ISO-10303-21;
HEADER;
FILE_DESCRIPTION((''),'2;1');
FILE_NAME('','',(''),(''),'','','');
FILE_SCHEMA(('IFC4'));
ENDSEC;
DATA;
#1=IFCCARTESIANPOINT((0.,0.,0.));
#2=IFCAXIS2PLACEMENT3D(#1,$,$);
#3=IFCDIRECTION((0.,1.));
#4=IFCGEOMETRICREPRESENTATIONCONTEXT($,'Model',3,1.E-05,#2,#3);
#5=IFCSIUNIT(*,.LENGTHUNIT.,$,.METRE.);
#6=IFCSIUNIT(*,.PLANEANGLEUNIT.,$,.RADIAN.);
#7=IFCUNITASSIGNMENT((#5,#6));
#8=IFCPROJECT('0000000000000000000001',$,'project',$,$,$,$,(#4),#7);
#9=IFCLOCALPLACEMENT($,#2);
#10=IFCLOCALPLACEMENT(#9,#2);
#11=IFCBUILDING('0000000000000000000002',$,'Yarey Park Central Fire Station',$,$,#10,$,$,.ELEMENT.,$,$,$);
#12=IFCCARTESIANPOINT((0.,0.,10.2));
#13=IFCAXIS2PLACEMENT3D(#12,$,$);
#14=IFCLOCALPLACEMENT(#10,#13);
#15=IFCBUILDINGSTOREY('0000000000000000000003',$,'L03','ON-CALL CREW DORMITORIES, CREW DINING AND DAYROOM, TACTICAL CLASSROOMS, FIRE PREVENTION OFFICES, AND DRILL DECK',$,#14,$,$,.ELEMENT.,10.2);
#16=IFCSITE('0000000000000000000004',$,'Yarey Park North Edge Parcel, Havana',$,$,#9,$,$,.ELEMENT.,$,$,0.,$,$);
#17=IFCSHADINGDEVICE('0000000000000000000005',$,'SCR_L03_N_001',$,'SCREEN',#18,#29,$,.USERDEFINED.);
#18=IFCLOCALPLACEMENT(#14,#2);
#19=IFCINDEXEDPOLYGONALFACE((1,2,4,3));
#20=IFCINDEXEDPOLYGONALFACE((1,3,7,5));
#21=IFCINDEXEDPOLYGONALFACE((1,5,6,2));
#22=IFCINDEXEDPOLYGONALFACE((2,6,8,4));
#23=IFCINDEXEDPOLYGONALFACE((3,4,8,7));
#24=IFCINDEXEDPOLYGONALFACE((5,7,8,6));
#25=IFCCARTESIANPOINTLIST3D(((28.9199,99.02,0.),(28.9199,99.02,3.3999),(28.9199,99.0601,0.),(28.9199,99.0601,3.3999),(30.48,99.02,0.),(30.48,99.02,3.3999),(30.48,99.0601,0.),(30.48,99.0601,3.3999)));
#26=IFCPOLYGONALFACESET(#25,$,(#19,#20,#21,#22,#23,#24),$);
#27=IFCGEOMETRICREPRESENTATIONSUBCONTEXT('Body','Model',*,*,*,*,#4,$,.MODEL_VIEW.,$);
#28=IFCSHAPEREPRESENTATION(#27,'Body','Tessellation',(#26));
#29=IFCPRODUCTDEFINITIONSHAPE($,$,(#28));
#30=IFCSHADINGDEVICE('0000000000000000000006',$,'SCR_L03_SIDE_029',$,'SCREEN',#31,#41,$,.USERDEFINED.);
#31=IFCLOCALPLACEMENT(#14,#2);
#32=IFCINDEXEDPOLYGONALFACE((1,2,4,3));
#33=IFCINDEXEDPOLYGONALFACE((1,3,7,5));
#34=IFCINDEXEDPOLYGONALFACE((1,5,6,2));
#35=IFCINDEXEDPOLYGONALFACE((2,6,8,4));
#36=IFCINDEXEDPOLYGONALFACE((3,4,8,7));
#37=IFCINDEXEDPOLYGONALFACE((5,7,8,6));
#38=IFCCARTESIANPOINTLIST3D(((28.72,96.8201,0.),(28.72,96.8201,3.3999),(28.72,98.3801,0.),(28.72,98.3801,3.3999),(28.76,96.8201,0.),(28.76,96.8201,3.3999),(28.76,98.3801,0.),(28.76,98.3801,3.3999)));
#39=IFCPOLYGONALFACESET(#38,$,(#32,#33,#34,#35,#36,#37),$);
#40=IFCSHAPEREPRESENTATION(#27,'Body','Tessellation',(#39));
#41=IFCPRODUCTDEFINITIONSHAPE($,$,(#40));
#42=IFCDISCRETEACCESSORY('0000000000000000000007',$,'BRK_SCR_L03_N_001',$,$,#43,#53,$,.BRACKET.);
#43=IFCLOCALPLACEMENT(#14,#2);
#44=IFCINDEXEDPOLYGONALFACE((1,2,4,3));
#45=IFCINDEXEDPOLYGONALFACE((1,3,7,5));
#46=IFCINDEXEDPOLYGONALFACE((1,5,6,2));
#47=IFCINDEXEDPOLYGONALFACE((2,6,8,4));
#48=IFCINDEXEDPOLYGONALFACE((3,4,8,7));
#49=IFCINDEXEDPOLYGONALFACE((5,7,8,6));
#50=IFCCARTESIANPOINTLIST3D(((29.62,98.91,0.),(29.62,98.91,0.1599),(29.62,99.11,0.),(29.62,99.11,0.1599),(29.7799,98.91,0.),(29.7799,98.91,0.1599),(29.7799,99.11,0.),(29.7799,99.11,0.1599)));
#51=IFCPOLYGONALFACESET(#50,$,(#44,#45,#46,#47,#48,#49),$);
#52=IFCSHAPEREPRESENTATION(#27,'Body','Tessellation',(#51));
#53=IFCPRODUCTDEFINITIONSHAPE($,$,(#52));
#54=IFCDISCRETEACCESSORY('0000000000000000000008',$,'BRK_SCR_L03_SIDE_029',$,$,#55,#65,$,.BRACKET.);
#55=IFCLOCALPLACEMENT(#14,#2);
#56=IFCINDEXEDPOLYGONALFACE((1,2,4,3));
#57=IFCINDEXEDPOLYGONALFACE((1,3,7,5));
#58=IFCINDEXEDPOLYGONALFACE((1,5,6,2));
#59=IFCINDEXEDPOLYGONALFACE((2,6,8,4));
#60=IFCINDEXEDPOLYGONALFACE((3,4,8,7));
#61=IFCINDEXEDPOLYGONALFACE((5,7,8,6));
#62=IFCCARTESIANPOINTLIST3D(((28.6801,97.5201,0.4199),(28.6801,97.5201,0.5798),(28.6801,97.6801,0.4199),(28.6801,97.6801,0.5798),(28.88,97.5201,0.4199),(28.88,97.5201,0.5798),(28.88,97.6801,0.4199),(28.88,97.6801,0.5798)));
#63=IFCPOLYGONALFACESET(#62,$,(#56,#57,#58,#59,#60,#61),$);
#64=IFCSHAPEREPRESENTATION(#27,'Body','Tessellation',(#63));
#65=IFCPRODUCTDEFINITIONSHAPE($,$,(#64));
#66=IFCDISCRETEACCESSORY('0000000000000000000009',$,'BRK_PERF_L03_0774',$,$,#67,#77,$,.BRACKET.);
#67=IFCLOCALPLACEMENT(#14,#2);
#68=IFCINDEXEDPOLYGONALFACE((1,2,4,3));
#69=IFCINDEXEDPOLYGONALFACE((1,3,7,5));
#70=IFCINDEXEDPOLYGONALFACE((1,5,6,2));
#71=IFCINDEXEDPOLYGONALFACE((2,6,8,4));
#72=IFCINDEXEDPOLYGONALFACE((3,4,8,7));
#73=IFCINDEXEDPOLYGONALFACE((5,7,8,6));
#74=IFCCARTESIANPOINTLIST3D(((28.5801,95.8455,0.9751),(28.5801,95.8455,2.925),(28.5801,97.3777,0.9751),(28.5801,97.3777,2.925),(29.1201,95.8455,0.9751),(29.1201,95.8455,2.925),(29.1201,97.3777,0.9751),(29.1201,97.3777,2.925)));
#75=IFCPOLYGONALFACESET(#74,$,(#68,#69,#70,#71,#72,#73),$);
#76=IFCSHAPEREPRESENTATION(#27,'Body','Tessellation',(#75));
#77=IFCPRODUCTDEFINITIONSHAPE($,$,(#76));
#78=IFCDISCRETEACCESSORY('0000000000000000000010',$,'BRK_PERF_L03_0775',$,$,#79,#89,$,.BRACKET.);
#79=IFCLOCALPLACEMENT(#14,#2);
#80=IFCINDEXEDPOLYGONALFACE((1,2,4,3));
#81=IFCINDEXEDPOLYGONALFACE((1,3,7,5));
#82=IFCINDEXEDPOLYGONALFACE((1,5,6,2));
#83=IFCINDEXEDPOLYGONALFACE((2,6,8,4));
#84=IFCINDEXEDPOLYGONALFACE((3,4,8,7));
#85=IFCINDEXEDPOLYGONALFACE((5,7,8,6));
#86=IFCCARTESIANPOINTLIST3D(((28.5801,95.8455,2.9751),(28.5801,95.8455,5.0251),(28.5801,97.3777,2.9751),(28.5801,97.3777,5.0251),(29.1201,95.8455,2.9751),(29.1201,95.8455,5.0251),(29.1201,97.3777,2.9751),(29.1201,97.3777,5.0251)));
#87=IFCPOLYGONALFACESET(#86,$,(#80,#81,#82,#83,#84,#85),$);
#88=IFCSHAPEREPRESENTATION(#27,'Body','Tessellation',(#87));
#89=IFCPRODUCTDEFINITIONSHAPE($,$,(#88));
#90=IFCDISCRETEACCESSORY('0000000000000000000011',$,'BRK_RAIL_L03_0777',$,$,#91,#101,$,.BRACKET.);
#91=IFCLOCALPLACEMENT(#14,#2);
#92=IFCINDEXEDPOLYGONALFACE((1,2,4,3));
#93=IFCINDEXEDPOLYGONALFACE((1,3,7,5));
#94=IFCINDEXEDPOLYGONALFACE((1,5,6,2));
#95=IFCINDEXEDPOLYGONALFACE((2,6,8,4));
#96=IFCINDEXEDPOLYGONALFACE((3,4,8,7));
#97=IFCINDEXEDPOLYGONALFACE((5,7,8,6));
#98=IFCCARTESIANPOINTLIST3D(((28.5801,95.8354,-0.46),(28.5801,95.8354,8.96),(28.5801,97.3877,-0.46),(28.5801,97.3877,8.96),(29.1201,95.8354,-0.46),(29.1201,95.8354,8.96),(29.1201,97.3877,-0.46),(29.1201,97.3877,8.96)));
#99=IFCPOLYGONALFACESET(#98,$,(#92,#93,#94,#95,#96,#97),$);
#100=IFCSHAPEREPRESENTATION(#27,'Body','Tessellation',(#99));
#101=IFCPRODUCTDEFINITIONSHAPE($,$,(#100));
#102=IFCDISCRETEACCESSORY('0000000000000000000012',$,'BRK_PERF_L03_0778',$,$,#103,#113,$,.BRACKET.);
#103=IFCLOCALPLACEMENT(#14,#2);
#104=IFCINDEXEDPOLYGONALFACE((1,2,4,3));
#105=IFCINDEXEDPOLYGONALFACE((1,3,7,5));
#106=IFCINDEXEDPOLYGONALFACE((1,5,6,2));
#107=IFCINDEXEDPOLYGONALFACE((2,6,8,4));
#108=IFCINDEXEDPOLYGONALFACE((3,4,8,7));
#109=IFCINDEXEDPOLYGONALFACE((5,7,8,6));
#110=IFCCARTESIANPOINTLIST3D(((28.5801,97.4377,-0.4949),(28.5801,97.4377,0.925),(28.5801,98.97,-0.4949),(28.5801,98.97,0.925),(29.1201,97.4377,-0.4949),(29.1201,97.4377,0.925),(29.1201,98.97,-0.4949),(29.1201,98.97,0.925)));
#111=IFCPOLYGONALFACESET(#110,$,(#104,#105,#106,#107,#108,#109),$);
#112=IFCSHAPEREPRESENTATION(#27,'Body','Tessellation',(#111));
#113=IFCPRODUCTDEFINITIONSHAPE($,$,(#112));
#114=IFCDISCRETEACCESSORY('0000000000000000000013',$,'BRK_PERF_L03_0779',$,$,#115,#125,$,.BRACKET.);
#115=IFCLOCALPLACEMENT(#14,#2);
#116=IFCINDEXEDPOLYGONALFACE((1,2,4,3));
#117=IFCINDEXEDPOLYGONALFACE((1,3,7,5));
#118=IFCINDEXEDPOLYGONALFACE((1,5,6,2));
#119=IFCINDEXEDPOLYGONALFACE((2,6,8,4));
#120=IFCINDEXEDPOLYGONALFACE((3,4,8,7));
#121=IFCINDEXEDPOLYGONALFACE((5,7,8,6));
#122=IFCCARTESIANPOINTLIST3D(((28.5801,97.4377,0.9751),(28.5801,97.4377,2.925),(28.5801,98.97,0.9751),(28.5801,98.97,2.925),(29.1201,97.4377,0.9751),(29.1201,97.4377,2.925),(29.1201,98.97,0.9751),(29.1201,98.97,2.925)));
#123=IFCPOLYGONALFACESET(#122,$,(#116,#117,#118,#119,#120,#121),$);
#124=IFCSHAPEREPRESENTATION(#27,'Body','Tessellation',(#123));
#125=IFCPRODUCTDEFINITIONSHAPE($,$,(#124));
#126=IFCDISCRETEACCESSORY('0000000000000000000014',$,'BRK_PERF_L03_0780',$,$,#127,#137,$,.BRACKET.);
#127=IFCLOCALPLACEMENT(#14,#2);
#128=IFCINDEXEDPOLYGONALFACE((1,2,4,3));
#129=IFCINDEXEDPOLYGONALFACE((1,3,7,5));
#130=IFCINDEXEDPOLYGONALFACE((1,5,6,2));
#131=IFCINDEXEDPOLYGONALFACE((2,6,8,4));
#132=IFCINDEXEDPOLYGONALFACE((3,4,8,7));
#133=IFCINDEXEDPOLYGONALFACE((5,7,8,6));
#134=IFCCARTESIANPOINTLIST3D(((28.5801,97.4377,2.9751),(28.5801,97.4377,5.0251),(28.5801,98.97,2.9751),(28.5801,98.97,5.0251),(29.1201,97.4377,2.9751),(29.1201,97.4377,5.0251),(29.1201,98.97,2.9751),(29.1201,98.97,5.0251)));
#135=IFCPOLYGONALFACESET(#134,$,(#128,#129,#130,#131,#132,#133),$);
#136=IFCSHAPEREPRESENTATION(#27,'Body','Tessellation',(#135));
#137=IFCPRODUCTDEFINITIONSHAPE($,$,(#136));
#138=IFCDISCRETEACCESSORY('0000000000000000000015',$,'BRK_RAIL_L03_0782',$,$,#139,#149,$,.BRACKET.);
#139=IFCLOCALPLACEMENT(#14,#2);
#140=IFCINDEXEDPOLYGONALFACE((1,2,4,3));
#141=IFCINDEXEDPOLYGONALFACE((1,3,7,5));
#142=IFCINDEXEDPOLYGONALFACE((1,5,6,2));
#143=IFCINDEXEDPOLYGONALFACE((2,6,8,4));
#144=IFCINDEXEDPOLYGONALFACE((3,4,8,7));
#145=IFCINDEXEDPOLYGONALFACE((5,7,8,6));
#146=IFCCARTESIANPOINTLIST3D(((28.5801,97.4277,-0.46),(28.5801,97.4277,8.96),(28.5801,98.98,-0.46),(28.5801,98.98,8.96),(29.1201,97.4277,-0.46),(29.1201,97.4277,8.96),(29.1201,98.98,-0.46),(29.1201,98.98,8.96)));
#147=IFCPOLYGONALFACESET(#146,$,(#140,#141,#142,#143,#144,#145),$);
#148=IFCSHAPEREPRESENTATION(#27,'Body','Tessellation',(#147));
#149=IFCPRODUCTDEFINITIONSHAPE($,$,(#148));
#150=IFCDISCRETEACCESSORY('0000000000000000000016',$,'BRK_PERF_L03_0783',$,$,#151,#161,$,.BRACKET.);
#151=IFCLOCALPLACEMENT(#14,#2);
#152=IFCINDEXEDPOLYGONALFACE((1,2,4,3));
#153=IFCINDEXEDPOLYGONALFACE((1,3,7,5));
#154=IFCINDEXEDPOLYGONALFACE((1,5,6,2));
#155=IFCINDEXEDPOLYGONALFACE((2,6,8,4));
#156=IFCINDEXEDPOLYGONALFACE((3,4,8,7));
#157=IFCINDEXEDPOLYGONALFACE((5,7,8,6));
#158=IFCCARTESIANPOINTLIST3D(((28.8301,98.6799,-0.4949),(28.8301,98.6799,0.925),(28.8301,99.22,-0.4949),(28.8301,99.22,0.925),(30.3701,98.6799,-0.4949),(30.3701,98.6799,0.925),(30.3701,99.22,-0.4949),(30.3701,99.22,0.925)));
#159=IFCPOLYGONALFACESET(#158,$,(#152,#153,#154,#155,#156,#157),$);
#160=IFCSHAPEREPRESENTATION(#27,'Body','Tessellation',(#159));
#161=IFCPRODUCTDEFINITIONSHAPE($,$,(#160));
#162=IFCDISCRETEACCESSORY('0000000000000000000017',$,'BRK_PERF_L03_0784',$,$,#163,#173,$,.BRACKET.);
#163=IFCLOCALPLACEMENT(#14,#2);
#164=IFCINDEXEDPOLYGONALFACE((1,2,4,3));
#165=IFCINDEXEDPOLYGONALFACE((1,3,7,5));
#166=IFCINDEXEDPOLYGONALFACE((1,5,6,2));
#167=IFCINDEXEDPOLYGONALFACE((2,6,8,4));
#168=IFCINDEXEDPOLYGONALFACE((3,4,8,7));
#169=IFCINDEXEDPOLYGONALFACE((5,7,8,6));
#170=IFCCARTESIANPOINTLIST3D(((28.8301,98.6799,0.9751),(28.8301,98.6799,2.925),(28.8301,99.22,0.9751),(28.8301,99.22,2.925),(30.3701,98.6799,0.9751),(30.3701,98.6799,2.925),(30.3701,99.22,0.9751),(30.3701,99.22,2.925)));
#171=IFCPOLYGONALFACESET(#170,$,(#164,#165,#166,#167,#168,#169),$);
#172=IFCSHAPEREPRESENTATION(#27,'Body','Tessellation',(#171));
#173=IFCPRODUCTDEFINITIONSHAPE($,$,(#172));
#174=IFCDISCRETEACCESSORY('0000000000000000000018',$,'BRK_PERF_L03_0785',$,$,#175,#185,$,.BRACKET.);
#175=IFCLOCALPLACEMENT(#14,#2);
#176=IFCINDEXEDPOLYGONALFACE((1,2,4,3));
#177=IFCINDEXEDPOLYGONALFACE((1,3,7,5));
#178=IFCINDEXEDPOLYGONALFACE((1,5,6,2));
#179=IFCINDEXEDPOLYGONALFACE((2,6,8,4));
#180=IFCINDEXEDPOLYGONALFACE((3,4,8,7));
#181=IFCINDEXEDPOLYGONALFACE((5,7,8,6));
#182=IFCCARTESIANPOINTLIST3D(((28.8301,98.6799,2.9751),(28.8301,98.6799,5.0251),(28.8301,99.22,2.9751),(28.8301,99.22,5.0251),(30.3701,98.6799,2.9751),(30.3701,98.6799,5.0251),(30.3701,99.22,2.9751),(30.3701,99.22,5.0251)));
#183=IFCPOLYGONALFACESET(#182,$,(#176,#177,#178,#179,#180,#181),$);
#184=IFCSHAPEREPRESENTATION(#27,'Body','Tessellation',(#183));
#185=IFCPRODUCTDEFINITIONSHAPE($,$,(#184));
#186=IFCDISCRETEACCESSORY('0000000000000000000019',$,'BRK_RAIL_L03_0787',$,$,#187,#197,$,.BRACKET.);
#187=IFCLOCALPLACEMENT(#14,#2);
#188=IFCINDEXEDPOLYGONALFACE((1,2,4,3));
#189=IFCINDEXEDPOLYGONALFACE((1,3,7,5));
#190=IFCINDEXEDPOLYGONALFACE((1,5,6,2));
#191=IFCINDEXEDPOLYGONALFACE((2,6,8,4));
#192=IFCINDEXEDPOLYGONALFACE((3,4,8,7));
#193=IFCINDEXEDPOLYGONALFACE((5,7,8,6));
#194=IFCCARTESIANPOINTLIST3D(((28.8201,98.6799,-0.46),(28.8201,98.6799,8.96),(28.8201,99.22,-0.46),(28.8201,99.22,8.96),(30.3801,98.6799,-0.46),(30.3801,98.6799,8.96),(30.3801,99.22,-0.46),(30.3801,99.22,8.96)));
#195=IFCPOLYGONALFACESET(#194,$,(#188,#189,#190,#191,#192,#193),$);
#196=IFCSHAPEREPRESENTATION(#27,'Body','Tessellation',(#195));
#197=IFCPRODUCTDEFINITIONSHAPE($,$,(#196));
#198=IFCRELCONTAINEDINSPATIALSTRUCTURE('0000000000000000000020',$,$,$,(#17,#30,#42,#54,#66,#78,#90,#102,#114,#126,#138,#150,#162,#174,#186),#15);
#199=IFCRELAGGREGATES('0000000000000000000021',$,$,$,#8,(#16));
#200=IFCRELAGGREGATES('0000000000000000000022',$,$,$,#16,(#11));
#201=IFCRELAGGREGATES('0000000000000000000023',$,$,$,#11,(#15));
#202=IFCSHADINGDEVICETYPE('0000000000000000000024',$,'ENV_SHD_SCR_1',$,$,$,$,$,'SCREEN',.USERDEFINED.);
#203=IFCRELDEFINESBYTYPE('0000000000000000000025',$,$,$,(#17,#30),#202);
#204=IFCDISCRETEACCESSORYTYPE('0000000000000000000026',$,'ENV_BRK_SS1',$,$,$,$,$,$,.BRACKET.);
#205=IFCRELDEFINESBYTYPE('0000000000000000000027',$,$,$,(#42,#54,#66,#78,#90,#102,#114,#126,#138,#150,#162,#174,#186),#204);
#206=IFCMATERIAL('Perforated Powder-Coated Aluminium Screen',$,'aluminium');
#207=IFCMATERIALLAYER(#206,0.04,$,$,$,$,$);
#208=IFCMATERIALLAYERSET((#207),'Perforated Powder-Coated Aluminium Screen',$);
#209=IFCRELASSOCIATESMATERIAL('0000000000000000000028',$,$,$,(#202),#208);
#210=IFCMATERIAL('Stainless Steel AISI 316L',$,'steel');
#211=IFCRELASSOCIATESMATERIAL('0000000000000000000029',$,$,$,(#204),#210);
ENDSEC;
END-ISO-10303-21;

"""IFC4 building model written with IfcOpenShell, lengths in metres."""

from ifc_helpers import new_model, si_unit, direction, frame, origin, origin_2d, place, context, subcontext, project, spatial, rectangle, extrude, material, layer, layer_set, type_object, element, save


model = new_model("IFC4")

# Units and contexts
model_context = context("Model", 3, precision=1e-05, world=origin(), true_north=direction((0.0, 1.0)))
body_context = subcontext(model_context, "Body", "Model", "MODEL_VIEW")
ifc_project = project(units=[si_unit("LENGTHUNIT", "METRE"), si_unit("PLANEANGLEUNIT", "RADIAN")], contexts=[model_context])

# Site, building, storey
site_placement = place(None, origin())
site = spatial("IfcSite", under=ifc_project, at=site_placement, Name="Yarey Park North Edge Parcel, Havana", CompositionType="ELEMENT", RefElevation=0.0)
building_placement = place(site_placement, origin())
building = spatial("IfcBuilding", under=site, at=building_placement, Name="Yarey Park Central Fire Station", CompositionType="ELEMENT")
storey_placement = place(building_placement, frame((0.0, 0.0, 10.2)))
storey = spatial("IfcBuildingStorey", under=building, at=storey_placement, Name="L03", Description="ON-CALL CREW DORMITORIES, CREW DINING AND DAYROOM, TACTICAL CLASSROOMS, FIRE PREVENTION OFFICES, AND DRILL DECK", CompositionType="ELEMENT", Elevation=10.2)

# Shading devices
ifc_material_1 = material(Name="Perforated Powder-Coated Aluminium Screen", Category="aluminium")
ifc_layer_1 = layer(ifc_material_1, 0.04)
ifc_layer_set_1 = layer_set([ifc_layer_1], Name="Perforated Powder-Coated Aluminium Screen")
shading_device_type = type_object("IfcShadingDeviceType", Name="ENV_SHD_SCR_1", ElementType="SCREEN", PredefinedType="USERDEFINED", material=ifc_layer_set_1)
for number, where, z_axis, x_axis, name in (
    (1, (29.7, 99.04, 0.0), (0.0, 0.0, 1.0), (1.0, 0.0, 0.0), "SCR_L03_N_001"),
    (2, (28.74, 97.6001, 0.0), (0.0, 0.0, 1.0), (0.0, 1.0, 0.0), "SCR_L03_SIDE_029"),
):
    element("IfcShadingDevice", number, at=place(storey_placement, frame(where, z_axis=z_axis, x_axis=x_axis)), inside=storey, type_object=shading_device_type, Name=name, ObjectType="SCREEN", PredefinedType="USERDEFINED", context=body_context, shape_type="SweptSolid", body=[
        extrude(rectangle(XDim=1.5601, YDim=0.04, at=origin_2d()), origin(), (0.0, 0.0, 1.0), 3.3999),
    ])

# Discrete accessories
ifc_material_2 = material(Name="Stainless Steel AISI 316L", Category="steel")
discrete_accessory_type = type_object("IfcDiscreteAccessoryType", Name="ENV_BRK_SS1", PredefinedType="BRACKET", material=ifc_material_2)
discrete_accessory_1_placement = place(storey_placement, frame((29.7, 99.01, 0.0), z_axis=(0.0, 0.0, 1.0), x_axis=(1.0, 0.0, 0.0)))
element("IfcDiscreteAccessory", 3, at=discrete_accessory_1_placement, inside=storey, type_object=discrete_accessory_type, Name="BRK_SCR_L03_N_001", PredefinedType="BRACKET", context=body_context, shape_type="SweptSolid", body=[
    extrude(rectangle(XDim=0.1599, YDim=0.2, at=origin_2d()), origin(), (0.0, 0.0, 1.0), 0.1599),
])
discrete_accessory_2_placement = place(storey_placement, frame((28.78, 97.6001, 0.4199), z_axis=(0.0, 0.0, 1.0), x_axis=(1.0, 0.0, 0.0)))
element("IfcDiscreteAccessory", 4, at=discrete_accessory_2_placement, inside=storey, type_object=discrete_accessory_type, Name="BRK_SCR_L03_SIDE_029", PredefinedType="BRACKET", context=body_context, shape_type="SweptSolid", body=[
    extrude(rectangle(XDim=0.2, YDim=0.1599, at=origin_2d()), origin(), (0.0, 0.0, 1.0), 0.1599),
])
discrete_accessory_3_placement = place(storey_placement, frame((28.8501, 96.6116, 0.9751), z_axis=(0.0, 0.0, 1.0), x_axis=(1.0, 0.0, 0.0)))
element("IfcDiscreteAccessory", 5, at=discrete_accessory_3_placement, inside=storey, type_object=discrete_accessory_type, Name="BRK_PERF_L03_0774", PredefinedType="BRACKET", context=body_context, shape_type="SweptSolid", body=[
    extrude(rectangle(XDim=0.54, YDim=1.5322, at=origin_2d()), origin(), (0.0, 0.0, 1.0), 1.95),
])
discrete_accessory_4_placement = place(storey_placement, frame((28.8501, 96.6116, 2.9751), z_axis=(0.0, 0.0, 1.0), x_axis=(1.0, 0.0, 0.0)))
element("IfcDiscreteAccessory", 6, at=discrete_accessory_4_placement, inside=storey, type_object=discrete_accessory_type, Name="BRK_PERF_L03_0775", PredefinedType="BRACKET", context=body_context, shape_type="SweptSolid", body=[
    extrude(rectangle(XDim=0.54, YDim=1.5322, at=origin_2d()), origin(), (0.0, 0.0, 1.0), 2.05),
])
discrete_accessory_5_placement = place(storey_placement, frame((28.8501, 96.6116, -0.46), z_axis=(0.0, 0.0, 1.0), x_axis=(1.0, 0.0, 0.0)))
element("IfcDiscreteAccessory", 7, at=discrete_accessory_5_placement, inside=storey, type_object=discrete_accessory_type, Name="BRK_RAIL_L03_0777", PredefinedType="BRACKET", context=body_context, shape_type="SweptSolid", body=[
    extrude(rectangle(XDim=0.54, YDim=1.5522, at=origin_2d()), origin(), (0.0, 0.0, 1.0), 9.4199),
])
discrete_accessory_6_placement = place(storey_placement, frame((28.8501, 98.2039, -0.4949), z_axis=(0.0, 0.0, 1.0), x_axis=(1.0, 0.0, 0.0)))
element("IfcDiscreteAccessory", 8, at=discrete_accessory_6_placement, inside=storey, type_object=discrete_accessory_type, Name="BRK_PERF_L03_0778", PredefinedType="BRACKET", context=body_context, shape_type="SweptSolid", body=[
    extrude(rectangle(XDim=0.54, YDim=1.5322, at=origin_2d()), origin(), (0.0, 0.0, 1.0), 1.4199),
])
discrete_accessory_7_placement = place(storey_placement, frame((28.8501, 98.2039, 0.9751), z_axis=(0.0, 0.0, 1.0), x_axis=(1.0, 0.0, 0.0)))
element("IfcDiscreteAccessory", 9, at=discrete_accessory_7_placement, inside=storey, type_object=discrete_accessory_type, Name="BRK_PERF_L03_0779", PredefinedType="BRACKET", context=body_context, shape_type="SweptSolid", body=[
    extrude(rectangle(XDim=0.54, YDim=1.5322, at=origin_2d()), origin(), (0.0, 0.0, 1.0), 1.95),
])
discrete_accessory_8_placement = place(storey_placement, frame((28.8501, 98.2039, 2.9751), z_axis=(0.0, 0.0, 1.0), x_axis=(1.0, 0.0, 0.0)))
element("IfcDiscreteAccessory", 10, at=discrete_accessory_8_placement, inside=storey, type_object=discrete_accessory_type, Name="BRK_PERF_L03_0780", PredefinedType="BRACKET", context=body_context, shape_type="SweptSolid", body=[
    extrude(rectangle(XDim=0.54, YDim=1.5322, at=origin_2d()), origin(), (0.0, 0.0, 1.0), 2.05),
])
discrete_accessory_9_placement = place(storey_placement, frame((28.8501, 98.2039, -0.46), z_axis=(0.0, 0.0, 1.0), x_axis=(1.0, 0.0, 0.0)))
element("IfcDiscreteAccessory", 11, at=discrete_accessory_9_placement, inside=storey, type_object=discrete_accessory_type, Name="BRK_RAIL_L03_0782", PredefinedType="BRACKET", context=body_context, shape_type="SweptSolid", body=[
    extrude(rectangle(XDim=0.54, YDim=1.5522, at=origin_2d()), origin(), (0.0, 0.0, 1.0), 9.4199),
])
discrete_accessory_10_placement = place(storey_placement, frame((29.6001, 98.95, -0.4949), z_axis=(0.0, 0.0, 1.0), x_axis=(1.0, 0.0, 0.0)))
element("IfcDiscreteAccessory", 12, at=discrete_accessory_10_placement, inside=storey, type_object=discrete_accessory_type, Name="BRK_PERF_L03_0783", PredefinedType="BRACKET", context=body_context, shape_type="SweptSolid", body=[
    extrude(rectangle(XDim=1.54, YDim=0.54, at=origin_2d()), origin(), (0.0, 0.0, 1.0), 1.4199),
])
discrete_accessory_11_placement = place(storey_placement, frame((29.6001, 98.95, 0.9751), z_axis=(0.0, 0.0, 1.0), x_axis=(1.0, 0.0, 0.0)))
element("IfcDiscreteAccessory", 13, at=discrete_accessory_11_placement, inside=storey, type_object=discrete_accessory_type, Name="BRK_PERF_L03_0784", PredefinedType="BRACKET", context=body_context, shape_type="SweptSolid", body=[
    extrude(rectangle(XDim=1.54, YDim=0.54, at=origin_2d()), origin(), (0.0, 0.0, 1.0), 1.95),
])
discrete_accessory_12_placement = place(storey_placement, frame((29.6001, 98.95, 2.9751), z_axis=(0.0, 0.0, 1.0), x_axis=(1.0, 0.0, 0.0)))
element("IfcDiscreteAccessory", 14, at=discrete_accessory_12_placement, inside=storey, type_object=discrete_accessory_type, Name="BRK_PERF_L03_0785", PredefinedType="BRACKET", context=body_context, shape_type="SweptSolid", body=[
    extrude(rectangle(XDim=1.54, YDim=0.54, at=origin_2d()), origin(), (0.0, 0.0, 1.0), 2.05),
])
discrete_accessory_13_placement = place(storey_placement, frame((29.6001, 98.95, -0.46), z_axis=(0.0, 0.0, 1.0), x_axis=(1.0, 0.0, 0.0)))
element("IfcDiscreteAccessory", 15, at=discrete_accessory_13_placement, inside=storey, type_object=discrete_accessory_type, Name="BRK_RAIL_L03_0787", PredefinedType="BRACKET", context=body_context, shape_type="SweptSolid", body=[
    extrude(rectangle(XDim=1.5601, YDim=0.54, at=origin_2d()), origin(), (0.0, 0.0, 1.0), 9.4199),
])

save(model, "model.ifc")
